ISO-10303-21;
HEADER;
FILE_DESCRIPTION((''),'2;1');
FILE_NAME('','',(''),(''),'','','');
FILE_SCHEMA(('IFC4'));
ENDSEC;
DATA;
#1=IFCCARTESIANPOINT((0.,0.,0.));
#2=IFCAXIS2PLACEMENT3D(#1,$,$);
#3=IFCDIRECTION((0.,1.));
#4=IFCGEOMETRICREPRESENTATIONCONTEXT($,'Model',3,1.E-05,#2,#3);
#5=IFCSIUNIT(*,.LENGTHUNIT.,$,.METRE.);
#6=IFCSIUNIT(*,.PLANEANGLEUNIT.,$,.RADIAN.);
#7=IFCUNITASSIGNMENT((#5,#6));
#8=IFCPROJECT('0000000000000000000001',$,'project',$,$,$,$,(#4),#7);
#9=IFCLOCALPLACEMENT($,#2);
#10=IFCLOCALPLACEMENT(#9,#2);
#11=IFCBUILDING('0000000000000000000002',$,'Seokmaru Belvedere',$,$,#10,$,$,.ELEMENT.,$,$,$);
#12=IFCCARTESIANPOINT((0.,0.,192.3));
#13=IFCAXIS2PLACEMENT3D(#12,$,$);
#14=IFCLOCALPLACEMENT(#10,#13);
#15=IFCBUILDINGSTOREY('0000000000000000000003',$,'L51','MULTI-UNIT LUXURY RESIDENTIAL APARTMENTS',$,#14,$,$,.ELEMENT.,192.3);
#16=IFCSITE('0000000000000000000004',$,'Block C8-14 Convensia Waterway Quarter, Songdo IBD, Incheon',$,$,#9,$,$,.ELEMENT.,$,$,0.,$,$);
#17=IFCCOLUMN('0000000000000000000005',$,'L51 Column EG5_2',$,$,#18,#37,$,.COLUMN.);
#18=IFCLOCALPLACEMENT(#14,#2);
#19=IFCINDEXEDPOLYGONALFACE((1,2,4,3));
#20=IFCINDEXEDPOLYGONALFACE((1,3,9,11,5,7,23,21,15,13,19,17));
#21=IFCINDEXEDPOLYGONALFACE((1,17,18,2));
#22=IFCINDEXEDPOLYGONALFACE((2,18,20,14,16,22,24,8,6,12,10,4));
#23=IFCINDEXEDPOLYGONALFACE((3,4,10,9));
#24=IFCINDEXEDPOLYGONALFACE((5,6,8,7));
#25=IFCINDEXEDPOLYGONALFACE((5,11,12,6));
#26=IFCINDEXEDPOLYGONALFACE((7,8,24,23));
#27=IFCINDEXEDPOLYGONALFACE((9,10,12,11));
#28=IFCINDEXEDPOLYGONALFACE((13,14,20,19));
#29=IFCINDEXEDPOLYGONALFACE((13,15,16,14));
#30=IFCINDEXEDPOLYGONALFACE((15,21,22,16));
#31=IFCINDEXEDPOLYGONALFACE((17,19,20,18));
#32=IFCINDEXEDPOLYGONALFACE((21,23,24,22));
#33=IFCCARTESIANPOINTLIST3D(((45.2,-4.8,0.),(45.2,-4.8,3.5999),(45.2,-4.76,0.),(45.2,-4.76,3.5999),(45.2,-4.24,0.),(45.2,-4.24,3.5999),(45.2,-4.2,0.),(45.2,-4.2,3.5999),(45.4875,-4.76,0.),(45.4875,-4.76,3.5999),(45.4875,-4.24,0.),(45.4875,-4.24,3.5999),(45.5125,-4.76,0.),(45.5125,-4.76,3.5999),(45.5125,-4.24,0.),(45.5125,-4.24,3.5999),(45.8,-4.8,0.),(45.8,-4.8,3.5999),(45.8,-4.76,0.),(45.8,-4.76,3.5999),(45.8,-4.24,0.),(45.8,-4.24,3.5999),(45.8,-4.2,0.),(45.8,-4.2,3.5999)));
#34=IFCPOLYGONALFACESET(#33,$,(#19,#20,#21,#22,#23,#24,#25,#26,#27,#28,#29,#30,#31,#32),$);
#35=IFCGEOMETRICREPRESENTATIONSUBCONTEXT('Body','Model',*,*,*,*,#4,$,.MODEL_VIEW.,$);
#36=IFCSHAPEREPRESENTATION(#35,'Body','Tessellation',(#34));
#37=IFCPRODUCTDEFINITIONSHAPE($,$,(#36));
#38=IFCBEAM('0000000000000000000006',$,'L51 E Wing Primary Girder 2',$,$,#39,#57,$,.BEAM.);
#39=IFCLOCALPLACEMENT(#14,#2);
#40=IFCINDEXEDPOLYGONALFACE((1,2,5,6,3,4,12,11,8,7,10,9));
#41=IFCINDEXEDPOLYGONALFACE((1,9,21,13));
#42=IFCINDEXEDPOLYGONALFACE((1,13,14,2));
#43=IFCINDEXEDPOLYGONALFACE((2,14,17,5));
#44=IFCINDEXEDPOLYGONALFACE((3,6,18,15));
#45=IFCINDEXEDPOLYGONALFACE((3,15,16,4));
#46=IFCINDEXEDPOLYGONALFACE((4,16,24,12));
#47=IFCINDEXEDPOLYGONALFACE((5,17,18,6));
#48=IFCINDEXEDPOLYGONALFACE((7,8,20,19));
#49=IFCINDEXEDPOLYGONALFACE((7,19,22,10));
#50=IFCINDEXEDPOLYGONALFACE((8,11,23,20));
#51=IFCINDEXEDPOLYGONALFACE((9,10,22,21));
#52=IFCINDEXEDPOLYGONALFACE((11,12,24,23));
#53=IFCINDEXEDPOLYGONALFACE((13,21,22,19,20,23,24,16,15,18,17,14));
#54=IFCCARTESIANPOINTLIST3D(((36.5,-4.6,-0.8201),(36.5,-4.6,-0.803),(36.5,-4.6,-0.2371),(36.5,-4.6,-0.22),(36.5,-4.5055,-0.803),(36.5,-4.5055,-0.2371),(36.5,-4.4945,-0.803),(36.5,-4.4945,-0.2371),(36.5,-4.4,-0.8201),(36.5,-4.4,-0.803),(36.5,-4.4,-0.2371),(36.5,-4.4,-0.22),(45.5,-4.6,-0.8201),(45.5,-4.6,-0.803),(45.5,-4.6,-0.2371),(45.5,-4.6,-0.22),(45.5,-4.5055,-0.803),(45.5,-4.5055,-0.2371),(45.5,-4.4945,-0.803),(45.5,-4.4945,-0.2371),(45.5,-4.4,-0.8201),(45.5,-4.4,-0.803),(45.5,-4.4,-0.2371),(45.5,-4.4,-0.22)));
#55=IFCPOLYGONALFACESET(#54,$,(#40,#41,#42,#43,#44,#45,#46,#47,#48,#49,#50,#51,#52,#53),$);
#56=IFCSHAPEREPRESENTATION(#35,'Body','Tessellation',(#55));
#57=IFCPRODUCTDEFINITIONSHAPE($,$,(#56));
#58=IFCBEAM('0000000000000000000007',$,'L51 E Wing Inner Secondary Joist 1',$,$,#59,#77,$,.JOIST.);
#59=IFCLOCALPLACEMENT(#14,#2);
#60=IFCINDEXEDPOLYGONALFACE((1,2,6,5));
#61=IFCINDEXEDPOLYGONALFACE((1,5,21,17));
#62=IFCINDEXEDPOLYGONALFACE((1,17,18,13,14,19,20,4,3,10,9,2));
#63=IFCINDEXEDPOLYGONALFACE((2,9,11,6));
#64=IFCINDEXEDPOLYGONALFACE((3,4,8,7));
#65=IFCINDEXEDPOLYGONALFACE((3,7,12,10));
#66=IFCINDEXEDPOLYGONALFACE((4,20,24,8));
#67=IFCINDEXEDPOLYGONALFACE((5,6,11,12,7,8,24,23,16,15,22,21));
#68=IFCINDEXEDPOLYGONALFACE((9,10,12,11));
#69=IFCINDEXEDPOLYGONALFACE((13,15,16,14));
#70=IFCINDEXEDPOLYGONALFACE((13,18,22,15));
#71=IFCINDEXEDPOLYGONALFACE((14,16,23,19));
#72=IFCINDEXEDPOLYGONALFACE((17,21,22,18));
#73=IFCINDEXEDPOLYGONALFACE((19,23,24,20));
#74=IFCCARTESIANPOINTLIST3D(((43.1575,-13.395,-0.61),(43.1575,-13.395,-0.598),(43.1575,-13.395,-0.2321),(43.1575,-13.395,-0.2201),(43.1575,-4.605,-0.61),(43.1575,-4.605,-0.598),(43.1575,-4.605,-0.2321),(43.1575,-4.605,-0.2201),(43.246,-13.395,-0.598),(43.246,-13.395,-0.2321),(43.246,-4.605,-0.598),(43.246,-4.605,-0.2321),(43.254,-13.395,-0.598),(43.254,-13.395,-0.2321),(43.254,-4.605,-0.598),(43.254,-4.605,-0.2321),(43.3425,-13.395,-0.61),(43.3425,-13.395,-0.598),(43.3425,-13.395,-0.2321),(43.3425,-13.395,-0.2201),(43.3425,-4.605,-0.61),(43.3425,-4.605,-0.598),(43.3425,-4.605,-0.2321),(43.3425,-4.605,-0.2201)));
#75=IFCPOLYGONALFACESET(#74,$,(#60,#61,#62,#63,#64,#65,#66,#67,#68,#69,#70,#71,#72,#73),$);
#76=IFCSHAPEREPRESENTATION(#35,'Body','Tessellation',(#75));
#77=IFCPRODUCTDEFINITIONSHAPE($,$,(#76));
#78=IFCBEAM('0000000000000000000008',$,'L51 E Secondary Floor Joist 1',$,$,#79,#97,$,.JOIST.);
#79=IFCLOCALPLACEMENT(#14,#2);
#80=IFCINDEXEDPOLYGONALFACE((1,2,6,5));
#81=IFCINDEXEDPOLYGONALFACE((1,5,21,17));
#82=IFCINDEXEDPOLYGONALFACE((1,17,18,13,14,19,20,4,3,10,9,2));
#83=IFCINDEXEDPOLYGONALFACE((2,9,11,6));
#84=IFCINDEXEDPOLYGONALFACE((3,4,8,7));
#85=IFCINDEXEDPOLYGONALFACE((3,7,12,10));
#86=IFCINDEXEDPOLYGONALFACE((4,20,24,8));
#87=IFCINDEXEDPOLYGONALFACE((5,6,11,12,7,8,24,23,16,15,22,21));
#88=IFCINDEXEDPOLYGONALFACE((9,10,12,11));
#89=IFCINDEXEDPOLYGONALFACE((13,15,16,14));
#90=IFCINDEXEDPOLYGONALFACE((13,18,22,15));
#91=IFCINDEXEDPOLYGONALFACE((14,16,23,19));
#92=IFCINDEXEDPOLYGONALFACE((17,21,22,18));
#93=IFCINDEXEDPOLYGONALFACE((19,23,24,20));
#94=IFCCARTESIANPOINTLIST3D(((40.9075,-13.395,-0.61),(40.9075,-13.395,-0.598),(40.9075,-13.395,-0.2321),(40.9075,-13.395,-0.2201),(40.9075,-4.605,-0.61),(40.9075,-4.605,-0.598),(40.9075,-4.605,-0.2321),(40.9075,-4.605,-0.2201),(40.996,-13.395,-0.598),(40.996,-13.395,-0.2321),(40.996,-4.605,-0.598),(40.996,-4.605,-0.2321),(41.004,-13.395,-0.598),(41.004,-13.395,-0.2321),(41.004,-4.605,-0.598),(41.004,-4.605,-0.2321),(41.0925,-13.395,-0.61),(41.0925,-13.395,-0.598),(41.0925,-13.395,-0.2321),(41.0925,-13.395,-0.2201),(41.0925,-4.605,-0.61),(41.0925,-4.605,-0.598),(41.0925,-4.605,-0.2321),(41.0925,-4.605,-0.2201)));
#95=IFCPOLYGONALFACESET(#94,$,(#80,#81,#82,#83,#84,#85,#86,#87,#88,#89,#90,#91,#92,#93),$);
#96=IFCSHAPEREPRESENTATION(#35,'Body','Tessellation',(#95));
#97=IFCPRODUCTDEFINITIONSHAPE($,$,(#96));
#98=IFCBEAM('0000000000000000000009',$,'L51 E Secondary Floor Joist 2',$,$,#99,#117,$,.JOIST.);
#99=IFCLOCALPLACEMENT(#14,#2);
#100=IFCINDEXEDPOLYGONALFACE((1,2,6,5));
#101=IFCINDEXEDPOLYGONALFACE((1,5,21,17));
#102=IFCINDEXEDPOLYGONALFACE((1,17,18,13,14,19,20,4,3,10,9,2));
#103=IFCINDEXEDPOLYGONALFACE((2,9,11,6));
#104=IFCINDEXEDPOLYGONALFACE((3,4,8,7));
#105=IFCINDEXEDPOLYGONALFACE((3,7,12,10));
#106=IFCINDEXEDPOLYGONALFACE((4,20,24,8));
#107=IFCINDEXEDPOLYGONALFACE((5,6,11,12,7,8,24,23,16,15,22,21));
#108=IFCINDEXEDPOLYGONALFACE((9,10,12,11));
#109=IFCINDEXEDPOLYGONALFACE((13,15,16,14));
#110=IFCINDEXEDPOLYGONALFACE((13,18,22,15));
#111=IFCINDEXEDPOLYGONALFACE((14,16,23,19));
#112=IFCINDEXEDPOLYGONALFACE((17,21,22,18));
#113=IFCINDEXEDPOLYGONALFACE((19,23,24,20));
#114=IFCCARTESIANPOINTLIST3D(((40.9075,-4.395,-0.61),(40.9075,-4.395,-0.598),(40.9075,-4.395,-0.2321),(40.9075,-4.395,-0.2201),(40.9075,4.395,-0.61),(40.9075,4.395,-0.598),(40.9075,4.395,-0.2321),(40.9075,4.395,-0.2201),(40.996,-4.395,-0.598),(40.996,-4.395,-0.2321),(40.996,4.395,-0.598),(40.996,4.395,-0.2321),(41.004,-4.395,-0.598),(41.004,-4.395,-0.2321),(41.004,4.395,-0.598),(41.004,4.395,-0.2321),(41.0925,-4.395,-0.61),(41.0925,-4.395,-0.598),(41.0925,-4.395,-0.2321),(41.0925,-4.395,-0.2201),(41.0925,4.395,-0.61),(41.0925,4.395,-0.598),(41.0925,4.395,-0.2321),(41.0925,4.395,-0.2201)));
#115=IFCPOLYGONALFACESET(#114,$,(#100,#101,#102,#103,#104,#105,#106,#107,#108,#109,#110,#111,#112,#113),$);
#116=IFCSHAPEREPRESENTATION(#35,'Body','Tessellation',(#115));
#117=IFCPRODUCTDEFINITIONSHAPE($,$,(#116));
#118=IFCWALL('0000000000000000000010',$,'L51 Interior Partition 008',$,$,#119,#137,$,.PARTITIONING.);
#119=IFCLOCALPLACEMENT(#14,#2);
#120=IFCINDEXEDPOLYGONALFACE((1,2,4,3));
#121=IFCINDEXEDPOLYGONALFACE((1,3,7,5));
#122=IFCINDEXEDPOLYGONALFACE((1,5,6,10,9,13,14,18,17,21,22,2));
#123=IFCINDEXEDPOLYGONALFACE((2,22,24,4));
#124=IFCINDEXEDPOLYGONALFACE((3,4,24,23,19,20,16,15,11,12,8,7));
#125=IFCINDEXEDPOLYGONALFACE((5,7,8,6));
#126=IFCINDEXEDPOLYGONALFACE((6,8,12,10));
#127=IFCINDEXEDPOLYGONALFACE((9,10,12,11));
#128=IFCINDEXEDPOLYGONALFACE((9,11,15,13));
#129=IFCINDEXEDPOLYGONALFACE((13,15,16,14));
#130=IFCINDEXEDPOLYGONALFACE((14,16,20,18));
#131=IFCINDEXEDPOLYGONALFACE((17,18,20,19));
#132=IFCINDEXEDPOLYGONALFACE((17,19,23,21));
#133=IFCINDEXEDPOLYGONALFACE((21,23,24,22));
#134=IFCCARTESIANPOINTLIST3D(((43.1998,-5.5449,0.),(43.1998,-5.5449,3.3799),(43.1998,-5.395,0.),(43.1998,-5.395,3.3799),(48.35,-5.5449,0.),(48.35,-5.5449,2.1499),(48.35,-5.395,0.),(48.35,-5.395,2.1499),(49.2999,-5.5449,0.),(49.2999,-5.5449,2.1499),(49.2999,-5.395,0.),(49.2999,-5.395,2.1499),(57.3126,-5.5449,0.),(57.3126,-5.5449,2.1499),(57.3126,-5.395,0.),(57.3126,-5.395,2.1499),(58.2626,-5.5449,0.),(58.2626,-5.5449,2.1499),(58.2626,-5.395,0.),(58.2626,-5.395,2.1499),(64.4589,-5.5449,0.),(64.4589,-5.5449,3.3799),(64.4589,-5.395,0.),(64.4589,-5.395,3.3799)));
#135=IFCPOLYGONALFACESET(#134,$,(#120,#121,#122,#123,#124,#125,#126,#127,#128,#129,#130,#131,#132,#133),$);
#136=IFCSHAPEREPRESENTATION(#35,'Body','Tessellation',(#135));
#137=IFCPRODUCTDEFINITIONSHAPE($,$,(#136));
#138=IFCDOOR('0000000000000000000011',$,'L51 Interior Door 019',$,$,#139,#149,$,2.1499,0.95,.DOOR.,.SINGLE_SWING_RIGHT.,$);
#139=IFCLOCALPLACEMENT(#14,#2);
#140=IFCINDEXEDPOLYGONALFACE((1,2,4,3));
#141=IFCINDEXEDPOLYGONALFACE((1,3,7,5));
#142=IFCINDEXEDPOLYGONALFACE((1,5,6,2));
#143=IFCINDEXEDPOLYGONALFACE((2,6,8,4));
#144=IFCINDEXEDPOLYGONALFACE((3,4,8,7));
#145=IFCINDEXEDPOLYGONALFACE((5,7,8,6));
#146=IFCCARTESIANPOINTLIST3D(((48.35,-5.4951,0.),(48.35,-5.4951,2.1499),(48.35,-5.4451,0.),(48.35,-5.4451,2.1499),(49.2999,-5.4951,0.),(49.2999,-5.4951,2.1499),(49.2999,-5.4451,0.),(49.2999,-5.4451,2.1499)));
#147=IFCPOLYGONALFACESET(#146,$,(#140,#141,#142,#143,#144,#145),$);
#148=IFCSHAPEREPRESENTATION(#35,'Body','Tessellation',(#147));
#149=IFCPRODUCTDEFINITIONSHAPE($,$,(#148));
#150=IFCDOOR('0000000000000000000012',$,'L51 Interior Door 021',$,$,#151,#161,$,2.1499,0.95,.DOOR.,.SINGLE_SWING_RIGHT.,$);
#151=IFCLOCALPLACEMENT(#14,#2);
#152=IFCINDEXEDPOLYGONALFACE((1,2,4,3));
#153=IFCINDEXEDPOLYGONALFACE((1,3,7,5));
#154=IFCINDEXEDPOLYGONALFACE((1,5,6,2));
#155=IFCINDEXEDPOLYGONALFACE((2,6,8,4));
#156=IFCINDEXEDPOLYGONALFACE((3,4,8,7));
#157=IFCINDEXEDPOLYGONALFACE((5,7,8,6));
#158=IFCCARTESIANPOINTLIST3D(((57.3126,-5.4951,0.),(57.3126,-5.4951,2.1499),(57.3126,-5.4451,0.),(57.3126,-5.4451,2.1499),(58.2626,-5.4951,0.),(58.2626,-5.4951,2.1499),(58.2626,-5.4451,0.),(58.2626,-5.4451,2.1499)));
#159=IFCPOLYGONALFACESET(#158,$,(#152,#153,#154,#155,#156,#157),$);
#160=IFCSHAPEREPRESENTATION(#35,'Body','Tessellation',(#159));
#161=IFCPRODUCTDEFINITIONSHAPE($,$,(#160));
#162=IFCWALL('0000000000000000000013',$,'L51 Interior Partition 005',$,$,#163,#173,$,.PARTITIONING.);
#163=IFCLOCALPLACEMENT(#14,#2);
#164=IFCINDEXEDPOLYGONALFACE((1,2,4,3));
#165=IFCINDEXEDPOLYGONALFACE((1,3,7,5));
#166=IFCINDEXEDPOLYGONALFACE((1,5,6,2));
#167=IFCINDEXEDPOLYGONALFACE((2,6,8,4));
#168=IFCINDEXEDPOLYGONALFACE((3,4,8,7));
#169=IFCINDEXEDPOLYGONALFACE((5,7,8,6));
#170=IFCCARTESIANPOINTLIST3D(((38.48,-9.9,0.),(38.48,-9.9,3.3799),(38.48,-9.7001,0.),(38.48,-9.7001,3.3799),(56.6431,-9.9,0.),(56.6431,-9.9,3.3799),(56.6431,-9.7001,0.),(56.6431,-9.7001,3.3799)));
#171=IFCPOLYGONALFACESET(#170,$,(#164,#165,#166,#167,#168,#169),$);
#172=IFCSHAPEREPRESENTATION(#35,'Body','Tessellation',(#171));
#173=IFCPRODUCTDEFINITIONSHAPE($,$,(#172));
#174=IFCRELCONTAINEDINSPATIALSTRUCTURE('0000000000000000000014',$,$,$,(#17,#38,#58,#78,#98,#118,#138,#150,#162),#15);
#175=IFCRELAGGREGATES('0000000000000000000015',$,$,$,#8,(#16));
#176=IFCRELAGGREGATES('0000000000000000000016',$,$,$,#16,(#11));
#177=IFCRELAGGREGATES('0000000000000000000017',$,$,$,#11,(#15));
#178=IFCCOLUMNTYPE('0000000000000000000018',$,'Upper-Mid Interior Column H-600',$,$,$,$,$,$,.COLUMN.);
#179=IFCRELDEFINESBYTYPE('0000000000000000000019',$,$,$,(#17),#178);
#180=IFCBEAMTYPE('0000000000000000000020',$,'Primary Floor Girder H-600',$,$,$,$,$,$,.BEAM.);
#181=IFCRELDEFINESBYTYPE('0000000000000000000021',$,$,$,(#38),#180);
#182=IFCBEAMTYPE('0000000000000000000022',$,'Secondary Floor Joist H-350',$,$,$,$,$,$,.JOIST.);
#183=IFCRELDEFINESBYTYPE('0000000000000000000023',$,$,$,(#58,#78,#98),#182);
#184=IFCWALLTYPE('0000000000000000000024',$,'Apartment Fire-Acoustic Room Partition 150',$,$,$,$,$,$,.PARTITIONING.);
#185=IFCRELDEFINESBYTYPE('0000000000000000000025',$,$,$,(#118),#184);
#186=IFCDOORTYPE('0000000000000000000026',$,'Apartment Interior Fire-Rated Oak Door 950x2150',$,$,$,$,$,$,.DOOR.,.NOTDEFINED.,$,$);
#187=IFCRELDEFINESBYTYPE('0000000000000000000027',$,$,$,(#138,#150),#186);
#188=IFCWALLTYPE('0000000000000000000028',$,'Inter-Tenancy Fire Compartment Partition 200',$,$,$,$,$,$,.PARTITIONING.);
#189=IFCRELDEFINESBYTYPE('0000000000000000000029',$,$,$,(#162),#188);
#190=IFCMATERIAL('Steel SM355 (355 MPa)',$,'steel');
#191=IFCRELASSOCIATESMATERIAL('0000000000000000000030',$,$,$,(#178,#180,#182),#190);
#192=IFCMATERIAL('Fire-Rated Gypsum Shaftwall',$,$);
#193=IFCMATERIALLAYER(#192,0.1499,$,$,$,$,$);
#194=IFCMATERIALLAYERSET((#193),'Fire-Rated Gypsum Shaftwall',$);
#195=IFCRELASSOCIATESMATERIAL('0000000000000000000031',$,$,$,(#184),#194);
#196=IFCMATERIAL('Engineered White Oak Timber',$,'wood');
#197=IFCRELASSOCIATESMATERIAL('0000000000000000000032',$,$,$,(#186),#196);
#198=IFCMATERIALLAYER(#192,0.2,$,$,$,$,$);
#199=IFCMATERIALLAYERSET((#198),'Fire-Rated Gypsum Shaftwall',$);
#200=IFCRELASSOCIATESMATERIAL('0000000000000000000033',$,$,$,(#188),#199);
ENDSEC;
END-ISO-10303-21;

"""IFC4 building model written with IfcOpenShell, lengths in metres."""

from ifc_helpers import new_model, si_unit, direction, frame, frame_2d, origin, origin_2d, place, context, subcontext, project, spatial, rectangle, i_section, extrude, source, transform, mapped, material, layer, layer_set, material_profile, profile_set, type_object, type_shapes, element, fill, save


model = new_model("IFC4")

# Units and contexts
model_context = context("Model", 3, precision=1e-05, world=origin(), true_north=direction((0.0, 1.0)))
body_context = subcontext(model_context, "Body", "Model", "MODEL_VIEW")
ifc_project = project(units=[si_unit("LENGTHUNIT", "METRE"), si_unit("PLANEANGLEUNIT", "RADIAN")], contexts=[model_context])

# Site, building, storey
site_placement = place(None, origin())
site = spatial("IfcSite", under=ifc_project, at=site_placement, Name="Block C8-14 Convensia Waterway Quarter, Songdo IBD, Incheon", CompositionType="ELEMENT", RefElevation=0.0)
building_placement = place(site_placement, origin())
building = spatial("IfcBuilding", under=site, at=building_placement, Name="Seokmaru Belvedere", CompositionType="ELEMENT")
storey_placement = place(building_placement, frame((0.0, 0.0, 192.3)))
storey = spatial("IfcBuildingStorey", under=building, at=storey_placement, Name="L51", Description="MULTI-UNIT LUXURY RESIDENTIAL APARTMENTS", CompositionType="ELEMENT", Elevation=192.3)

# Column
ifc_material_1 = material(Name="Steel SM355 (355 MPa)", Category="steel")
ifc_material_profile_1 = material_profile(ifc_material_1, i_section(OverallWidth=0.6001, OverallDepth=0.6001, WebThickness=0.0249, FlangeThickness=0.04, at=origin_2d()), Name="H-600x600x25x40")
ifc_profile_set_1 = profile_set([ifc_material_profile_1], Name="Steel SM355 (355 MPa)")
column_type = type_object("IfcColumnType", Name="Upper-Mid Interior Column H-600", PredefinedType="COLUMN", material=ifc_profile_set_1)
shared_shape_1 = source(origin(), body_context, "Body", "SweptSolid", [
    extrude(i_section(OverallWidth=0.6001, OverallDepth=0.6001, WebThickness=0.0249, FlangeThickness=0.04, at=origin_2d()), origin(), (0.0, 0.0, 1.0), 3.5999),
])
type_shapes(column_type, [shared_shape_1])
column_placement = place(storey_placement, frame((45.5, -4.5, 0.0), z_axis=(0.0, 0.0, 1.0), x_axis=(1.0, 0.0, 0.0)))
element("IfcColumn", 1, at=column_placement, inside=storey, type_object=column_type, Name="L51 Column EG5_2", PredefinedType="COLUMN", context=body_context, shape_type="MappedRepresentation", body=[
    mapped(shared_shape_1, transform((0.0, 0.0, 0.0), scale=1.0)),
])

# Beams
ifc_material_profile_2 = material_profile(ifc_material_1, i_section(OverallWidth=0.2, OverallDepth=0.6001, WebThickness=0.011, FlangeThickness=0.0171, at=origin_2d()), Name="H-600x200x11x17")
ifc_profile_set_2 = profile_set([ifc_material_profile_2], Name="Steel SM355 (355 MPa)")
beam_type_1 = type_object("IfcBeamType", Name="Primary Floor Girder H-600", PredefinedType="BEAM", material=ifc_profile_set_2)
shared_shape_2 = source(origin(), body_context, "Body", "SweptSolid", [
    extrude(i_section(OverallWidth=0.2, OverallDepth=0.6001, WebThickness=0.011, FlangeThickness=0.0171, at=origin_2d()), origin(), (0.0, 0.0, 1.0), 9.0),
])
type_shapes(beam_type_1, [shared_shape_2])
beam_placement = place(storey_placement, frame((36.5, -4.5, -0.52), z_axis=(1.0, 0.0, 0.0), x_axis=(0.0, 1.0, 0.0)))
element("IfcBeam", 2, at=beam_placement, inside=storey, type_object=beam_type_1, Name="L51 E Wing Primary Girder 2", PredefinedType="BEAM", context=body_context, shape_type="MappedRepresentation", body=[
    mapped(shared_shape_2, transform((0.0, 0.0, 0.0), scale=1.0)),
])
ifc_material_profile_3 = material_profile(ifc_material_1, i_section(OverallWidth=0.1851, OverallDepth=0.3899, WebThickness=0.0081, FlangeThickness=0.012, at=origin_2d()), Name="H-390x185x8x12")
ifc_profile_set_3 = profile_set([ifc_material_profile_3], Name="Steel SM355 (355 MPa)")
beam_type_2 = type_object("IfcBeamType", Name="Secondary Floor Joist H-350", PredefinedType="JOIST", material=ifc_profile_set_3)
shared_shape_3 = source(origin(), body_context, "Body", "SweptSolid", [
    extrude(i_section(OverallWidth=0.1851, OverallDepth=0.3899, WebThickness=0.0081, FlangeThickness=0.012, at=origin_2d()), origin(), (0.0, 0.0, 1.0), 8.79),
])
type_shapes(beam_type_2, [shared_shape_3])
for number, where, z_axis, x_axis, name in (
    (3, (43.25, -13.395, -0.415), (0.0, 1.0, 0.0), (-1.0, 0.0, 0.0), "L51 E Wing Inner Secondary Joist 1"),
    (4, (41.0, -13.395, -0.415), (0.0, 1.0, 0.0), (-1.0, 0.0, 0.0), "L51 E Secondary Floor Joist 1"),
    (5, (41.0, -4.395, -0.415), (0.0, 1.0, 0.0), (-1.0, 0.0, 0.0), "L51 E Secondary Floor Joist 2"),
):
    element("IfcBeam", number, at=place(storey_placement, frame(where, z_axis=z_axis, x_axis=x_axis)), inside=storey, type_object=beam_type_2, Name=name, PredefinedType="JOIST", context=body_context, shape_type="MappedRepresentation", body=[
        mapped(shared_shape_3, transform((0.0, 0.0, 0.0), scale=1.0)),
    ])

# Wall, openings, doors
ifc_material_2 = material(Name="Fire-Rated Gypsum Shaftwall")
ifc_layer_1 = layer(ifc_material_2, 0.1499)
ifc_layer_set_1 = layer_set([ifc_layer_1], Name="Fire-Rated Gypsum Shaftwall")
wall_type_1 = type_object("IfcWallType", Name="Apartment Fire-Acoustic Room Partition 150", PredefinedType="PARTITIONING", material=ifc_layer_set_1)
wall_1_placement = place(storey_placement, frame((43.2, -5.47, 0.0), z_axis=(0.0, 0.0, 1.0), x_axis=(1.0, 0.0, 0.0)))
wall_1 = element("IfcWall", 6, at=wall_1_placement, inside=storey, type_object=wall_type_1, Name="L51 Interior Partition 008", PredefinedType="PARTITIONING", context=body_context, shape_type="SweptSolid", body=[
    extrude(rectangle(XDim=21.259, YDim=0.1499, at=frame_2d((10.6294, 0.0))), origin(), (0.0, 0.0, 1.0), 3.3799),
])
opening_1_placement = place(wall_1_placement, frame((5.1499, 0.0, 0.0)))
opening_1 = element("IfcOpeningElement", 7, at=opening_1_placement, cuts=wall_1, PredefinedType="OPENING", context=body_context, shape_type="SweptSolid", body=[
    extrude(rectangle(XDim=0.95, YDim=2.1499, at=frame_2d((0.4751, 1.075))), frame((0.0, 0.085, 0.0), z_axis=(0.0, -1.0, 0.0), x_axis=(1.0, 0.0, 0.0)), (0.0, 0.0, 1.0), 0.1699),
])
opening_2_placement = place(wall_1_placement, frame((14.1125, 0.0, 0.0)))
opening_2 = element("IfcOpeningElement", 8, at=opening_2_placement, cuts=wall_1, PredefinedType="OPENING", context=body_context, shape_type="SweptSolid", body=[
    extrude(rectangle(XDim=0.95, YDim=2.1499, at=frame_2d((0.4751, 1.075))), frame((0.0, 0.085, 0.0), z_axis=(0.0, -1.0, 0.0), x_axis=(1.0, 0.0, 0.0)), (0.0, 0.0, 1.0), 0.1699),
])
ifc_material_3 = material(Name="Engineered White Oak Timber", Category="wood")
door_type_1 = type_object("IfcDoorType", Name="Apartment Interior Fire-Rated Oak Door 950x2150", OperationType="NOTDEFINED", PredefinedType="DOOR", material=ifc_material_3)
shared_shape_4 = source(origin(), body_context, "Body", "SweptSolid", [
    extrude(rectangle(XDim=0.95, YDim=2.1499, at=frame_2d((0.4751, 1.075))), frame((0.0, 0.0249, 0.0), z_axis=(0.0, -1.0, 0.0), x_axis=(1.0, 0.0, 0.0)), (0.0, 0.0, 1.0), 0.05),
])
type_shapes(door_type_1, [shared_shape_4])
door_1_placement = place(opening_1_placement, origin())
door_1 = element("IfcDoor", 9, at=door_1_placement, inside=storey, type_object=door_type_1, Name="L51 Interior Door 019", OperationType="SINGLE_SWING_RIGHT", OverallHeight=2.1499, OverallWidth=0.95, PredefinedType="DOOR", context=body_context, shape_type="MappedRepresentation", body=[
    mapped(shared_shape_4, transform((0.0, 0.0, 0.0), scale=1.0)),
])
fill(opening_1, door_1)
door_2_placement = place(opening_2_placement, origin())
door_2 = element("IfcDoor", 10, at=door_2_placement, inside=storey, type_object=door_type_1, Name="L51 Interior Door 021", OperationType="SINGLE_SWING_RIGHT", OverallHeight=2.1499, OverallWidth=0.95, PredefinedType="DOOR", context=body_context, shape_type="MappedRepresentation", body=[
    mapped(shared_shape_4, transform((0.0, 0.0, 0.0), scale=1.0)),
])
fill(opening_2, door_2)

# Wall
ifc_layer_2 = layer(ifc_material_2, 0.2)
ifc_layer_set_2 = layer_set([ifc_layer_2], Name="Fire-Rated Gypsum Shaftwall")
wall_type_2 = type_object("IfcWallType", Name="Inter-Tenancy Fire Compartment Partition 200", PredefinedType="PARTITIONING", material=ifc_layer_set_2)
wall_2_placement = place(storey_placement, frame((38.48, -9.8, 0.0), z_axis=(0.0, 0.0, 1.0), x_axis=(1.0, 0.0, 0.0)))
element("IfcWall", 11, at=wall_2_placement, inside=storey, type_object=wall_type_2, Name="L51 Interior Partition 005", PredefinedType="PARTITIONING", context=body_context, shape_type="SweptSolid", body=[
    extrude(rectangle(XDim=18.1631, YDim=0.2, at=frame_2d((9.0815, 0.0))), origin(), (0.0, 0.0, 1.0), 3.3799),
])

save(model, "model.ifc")
